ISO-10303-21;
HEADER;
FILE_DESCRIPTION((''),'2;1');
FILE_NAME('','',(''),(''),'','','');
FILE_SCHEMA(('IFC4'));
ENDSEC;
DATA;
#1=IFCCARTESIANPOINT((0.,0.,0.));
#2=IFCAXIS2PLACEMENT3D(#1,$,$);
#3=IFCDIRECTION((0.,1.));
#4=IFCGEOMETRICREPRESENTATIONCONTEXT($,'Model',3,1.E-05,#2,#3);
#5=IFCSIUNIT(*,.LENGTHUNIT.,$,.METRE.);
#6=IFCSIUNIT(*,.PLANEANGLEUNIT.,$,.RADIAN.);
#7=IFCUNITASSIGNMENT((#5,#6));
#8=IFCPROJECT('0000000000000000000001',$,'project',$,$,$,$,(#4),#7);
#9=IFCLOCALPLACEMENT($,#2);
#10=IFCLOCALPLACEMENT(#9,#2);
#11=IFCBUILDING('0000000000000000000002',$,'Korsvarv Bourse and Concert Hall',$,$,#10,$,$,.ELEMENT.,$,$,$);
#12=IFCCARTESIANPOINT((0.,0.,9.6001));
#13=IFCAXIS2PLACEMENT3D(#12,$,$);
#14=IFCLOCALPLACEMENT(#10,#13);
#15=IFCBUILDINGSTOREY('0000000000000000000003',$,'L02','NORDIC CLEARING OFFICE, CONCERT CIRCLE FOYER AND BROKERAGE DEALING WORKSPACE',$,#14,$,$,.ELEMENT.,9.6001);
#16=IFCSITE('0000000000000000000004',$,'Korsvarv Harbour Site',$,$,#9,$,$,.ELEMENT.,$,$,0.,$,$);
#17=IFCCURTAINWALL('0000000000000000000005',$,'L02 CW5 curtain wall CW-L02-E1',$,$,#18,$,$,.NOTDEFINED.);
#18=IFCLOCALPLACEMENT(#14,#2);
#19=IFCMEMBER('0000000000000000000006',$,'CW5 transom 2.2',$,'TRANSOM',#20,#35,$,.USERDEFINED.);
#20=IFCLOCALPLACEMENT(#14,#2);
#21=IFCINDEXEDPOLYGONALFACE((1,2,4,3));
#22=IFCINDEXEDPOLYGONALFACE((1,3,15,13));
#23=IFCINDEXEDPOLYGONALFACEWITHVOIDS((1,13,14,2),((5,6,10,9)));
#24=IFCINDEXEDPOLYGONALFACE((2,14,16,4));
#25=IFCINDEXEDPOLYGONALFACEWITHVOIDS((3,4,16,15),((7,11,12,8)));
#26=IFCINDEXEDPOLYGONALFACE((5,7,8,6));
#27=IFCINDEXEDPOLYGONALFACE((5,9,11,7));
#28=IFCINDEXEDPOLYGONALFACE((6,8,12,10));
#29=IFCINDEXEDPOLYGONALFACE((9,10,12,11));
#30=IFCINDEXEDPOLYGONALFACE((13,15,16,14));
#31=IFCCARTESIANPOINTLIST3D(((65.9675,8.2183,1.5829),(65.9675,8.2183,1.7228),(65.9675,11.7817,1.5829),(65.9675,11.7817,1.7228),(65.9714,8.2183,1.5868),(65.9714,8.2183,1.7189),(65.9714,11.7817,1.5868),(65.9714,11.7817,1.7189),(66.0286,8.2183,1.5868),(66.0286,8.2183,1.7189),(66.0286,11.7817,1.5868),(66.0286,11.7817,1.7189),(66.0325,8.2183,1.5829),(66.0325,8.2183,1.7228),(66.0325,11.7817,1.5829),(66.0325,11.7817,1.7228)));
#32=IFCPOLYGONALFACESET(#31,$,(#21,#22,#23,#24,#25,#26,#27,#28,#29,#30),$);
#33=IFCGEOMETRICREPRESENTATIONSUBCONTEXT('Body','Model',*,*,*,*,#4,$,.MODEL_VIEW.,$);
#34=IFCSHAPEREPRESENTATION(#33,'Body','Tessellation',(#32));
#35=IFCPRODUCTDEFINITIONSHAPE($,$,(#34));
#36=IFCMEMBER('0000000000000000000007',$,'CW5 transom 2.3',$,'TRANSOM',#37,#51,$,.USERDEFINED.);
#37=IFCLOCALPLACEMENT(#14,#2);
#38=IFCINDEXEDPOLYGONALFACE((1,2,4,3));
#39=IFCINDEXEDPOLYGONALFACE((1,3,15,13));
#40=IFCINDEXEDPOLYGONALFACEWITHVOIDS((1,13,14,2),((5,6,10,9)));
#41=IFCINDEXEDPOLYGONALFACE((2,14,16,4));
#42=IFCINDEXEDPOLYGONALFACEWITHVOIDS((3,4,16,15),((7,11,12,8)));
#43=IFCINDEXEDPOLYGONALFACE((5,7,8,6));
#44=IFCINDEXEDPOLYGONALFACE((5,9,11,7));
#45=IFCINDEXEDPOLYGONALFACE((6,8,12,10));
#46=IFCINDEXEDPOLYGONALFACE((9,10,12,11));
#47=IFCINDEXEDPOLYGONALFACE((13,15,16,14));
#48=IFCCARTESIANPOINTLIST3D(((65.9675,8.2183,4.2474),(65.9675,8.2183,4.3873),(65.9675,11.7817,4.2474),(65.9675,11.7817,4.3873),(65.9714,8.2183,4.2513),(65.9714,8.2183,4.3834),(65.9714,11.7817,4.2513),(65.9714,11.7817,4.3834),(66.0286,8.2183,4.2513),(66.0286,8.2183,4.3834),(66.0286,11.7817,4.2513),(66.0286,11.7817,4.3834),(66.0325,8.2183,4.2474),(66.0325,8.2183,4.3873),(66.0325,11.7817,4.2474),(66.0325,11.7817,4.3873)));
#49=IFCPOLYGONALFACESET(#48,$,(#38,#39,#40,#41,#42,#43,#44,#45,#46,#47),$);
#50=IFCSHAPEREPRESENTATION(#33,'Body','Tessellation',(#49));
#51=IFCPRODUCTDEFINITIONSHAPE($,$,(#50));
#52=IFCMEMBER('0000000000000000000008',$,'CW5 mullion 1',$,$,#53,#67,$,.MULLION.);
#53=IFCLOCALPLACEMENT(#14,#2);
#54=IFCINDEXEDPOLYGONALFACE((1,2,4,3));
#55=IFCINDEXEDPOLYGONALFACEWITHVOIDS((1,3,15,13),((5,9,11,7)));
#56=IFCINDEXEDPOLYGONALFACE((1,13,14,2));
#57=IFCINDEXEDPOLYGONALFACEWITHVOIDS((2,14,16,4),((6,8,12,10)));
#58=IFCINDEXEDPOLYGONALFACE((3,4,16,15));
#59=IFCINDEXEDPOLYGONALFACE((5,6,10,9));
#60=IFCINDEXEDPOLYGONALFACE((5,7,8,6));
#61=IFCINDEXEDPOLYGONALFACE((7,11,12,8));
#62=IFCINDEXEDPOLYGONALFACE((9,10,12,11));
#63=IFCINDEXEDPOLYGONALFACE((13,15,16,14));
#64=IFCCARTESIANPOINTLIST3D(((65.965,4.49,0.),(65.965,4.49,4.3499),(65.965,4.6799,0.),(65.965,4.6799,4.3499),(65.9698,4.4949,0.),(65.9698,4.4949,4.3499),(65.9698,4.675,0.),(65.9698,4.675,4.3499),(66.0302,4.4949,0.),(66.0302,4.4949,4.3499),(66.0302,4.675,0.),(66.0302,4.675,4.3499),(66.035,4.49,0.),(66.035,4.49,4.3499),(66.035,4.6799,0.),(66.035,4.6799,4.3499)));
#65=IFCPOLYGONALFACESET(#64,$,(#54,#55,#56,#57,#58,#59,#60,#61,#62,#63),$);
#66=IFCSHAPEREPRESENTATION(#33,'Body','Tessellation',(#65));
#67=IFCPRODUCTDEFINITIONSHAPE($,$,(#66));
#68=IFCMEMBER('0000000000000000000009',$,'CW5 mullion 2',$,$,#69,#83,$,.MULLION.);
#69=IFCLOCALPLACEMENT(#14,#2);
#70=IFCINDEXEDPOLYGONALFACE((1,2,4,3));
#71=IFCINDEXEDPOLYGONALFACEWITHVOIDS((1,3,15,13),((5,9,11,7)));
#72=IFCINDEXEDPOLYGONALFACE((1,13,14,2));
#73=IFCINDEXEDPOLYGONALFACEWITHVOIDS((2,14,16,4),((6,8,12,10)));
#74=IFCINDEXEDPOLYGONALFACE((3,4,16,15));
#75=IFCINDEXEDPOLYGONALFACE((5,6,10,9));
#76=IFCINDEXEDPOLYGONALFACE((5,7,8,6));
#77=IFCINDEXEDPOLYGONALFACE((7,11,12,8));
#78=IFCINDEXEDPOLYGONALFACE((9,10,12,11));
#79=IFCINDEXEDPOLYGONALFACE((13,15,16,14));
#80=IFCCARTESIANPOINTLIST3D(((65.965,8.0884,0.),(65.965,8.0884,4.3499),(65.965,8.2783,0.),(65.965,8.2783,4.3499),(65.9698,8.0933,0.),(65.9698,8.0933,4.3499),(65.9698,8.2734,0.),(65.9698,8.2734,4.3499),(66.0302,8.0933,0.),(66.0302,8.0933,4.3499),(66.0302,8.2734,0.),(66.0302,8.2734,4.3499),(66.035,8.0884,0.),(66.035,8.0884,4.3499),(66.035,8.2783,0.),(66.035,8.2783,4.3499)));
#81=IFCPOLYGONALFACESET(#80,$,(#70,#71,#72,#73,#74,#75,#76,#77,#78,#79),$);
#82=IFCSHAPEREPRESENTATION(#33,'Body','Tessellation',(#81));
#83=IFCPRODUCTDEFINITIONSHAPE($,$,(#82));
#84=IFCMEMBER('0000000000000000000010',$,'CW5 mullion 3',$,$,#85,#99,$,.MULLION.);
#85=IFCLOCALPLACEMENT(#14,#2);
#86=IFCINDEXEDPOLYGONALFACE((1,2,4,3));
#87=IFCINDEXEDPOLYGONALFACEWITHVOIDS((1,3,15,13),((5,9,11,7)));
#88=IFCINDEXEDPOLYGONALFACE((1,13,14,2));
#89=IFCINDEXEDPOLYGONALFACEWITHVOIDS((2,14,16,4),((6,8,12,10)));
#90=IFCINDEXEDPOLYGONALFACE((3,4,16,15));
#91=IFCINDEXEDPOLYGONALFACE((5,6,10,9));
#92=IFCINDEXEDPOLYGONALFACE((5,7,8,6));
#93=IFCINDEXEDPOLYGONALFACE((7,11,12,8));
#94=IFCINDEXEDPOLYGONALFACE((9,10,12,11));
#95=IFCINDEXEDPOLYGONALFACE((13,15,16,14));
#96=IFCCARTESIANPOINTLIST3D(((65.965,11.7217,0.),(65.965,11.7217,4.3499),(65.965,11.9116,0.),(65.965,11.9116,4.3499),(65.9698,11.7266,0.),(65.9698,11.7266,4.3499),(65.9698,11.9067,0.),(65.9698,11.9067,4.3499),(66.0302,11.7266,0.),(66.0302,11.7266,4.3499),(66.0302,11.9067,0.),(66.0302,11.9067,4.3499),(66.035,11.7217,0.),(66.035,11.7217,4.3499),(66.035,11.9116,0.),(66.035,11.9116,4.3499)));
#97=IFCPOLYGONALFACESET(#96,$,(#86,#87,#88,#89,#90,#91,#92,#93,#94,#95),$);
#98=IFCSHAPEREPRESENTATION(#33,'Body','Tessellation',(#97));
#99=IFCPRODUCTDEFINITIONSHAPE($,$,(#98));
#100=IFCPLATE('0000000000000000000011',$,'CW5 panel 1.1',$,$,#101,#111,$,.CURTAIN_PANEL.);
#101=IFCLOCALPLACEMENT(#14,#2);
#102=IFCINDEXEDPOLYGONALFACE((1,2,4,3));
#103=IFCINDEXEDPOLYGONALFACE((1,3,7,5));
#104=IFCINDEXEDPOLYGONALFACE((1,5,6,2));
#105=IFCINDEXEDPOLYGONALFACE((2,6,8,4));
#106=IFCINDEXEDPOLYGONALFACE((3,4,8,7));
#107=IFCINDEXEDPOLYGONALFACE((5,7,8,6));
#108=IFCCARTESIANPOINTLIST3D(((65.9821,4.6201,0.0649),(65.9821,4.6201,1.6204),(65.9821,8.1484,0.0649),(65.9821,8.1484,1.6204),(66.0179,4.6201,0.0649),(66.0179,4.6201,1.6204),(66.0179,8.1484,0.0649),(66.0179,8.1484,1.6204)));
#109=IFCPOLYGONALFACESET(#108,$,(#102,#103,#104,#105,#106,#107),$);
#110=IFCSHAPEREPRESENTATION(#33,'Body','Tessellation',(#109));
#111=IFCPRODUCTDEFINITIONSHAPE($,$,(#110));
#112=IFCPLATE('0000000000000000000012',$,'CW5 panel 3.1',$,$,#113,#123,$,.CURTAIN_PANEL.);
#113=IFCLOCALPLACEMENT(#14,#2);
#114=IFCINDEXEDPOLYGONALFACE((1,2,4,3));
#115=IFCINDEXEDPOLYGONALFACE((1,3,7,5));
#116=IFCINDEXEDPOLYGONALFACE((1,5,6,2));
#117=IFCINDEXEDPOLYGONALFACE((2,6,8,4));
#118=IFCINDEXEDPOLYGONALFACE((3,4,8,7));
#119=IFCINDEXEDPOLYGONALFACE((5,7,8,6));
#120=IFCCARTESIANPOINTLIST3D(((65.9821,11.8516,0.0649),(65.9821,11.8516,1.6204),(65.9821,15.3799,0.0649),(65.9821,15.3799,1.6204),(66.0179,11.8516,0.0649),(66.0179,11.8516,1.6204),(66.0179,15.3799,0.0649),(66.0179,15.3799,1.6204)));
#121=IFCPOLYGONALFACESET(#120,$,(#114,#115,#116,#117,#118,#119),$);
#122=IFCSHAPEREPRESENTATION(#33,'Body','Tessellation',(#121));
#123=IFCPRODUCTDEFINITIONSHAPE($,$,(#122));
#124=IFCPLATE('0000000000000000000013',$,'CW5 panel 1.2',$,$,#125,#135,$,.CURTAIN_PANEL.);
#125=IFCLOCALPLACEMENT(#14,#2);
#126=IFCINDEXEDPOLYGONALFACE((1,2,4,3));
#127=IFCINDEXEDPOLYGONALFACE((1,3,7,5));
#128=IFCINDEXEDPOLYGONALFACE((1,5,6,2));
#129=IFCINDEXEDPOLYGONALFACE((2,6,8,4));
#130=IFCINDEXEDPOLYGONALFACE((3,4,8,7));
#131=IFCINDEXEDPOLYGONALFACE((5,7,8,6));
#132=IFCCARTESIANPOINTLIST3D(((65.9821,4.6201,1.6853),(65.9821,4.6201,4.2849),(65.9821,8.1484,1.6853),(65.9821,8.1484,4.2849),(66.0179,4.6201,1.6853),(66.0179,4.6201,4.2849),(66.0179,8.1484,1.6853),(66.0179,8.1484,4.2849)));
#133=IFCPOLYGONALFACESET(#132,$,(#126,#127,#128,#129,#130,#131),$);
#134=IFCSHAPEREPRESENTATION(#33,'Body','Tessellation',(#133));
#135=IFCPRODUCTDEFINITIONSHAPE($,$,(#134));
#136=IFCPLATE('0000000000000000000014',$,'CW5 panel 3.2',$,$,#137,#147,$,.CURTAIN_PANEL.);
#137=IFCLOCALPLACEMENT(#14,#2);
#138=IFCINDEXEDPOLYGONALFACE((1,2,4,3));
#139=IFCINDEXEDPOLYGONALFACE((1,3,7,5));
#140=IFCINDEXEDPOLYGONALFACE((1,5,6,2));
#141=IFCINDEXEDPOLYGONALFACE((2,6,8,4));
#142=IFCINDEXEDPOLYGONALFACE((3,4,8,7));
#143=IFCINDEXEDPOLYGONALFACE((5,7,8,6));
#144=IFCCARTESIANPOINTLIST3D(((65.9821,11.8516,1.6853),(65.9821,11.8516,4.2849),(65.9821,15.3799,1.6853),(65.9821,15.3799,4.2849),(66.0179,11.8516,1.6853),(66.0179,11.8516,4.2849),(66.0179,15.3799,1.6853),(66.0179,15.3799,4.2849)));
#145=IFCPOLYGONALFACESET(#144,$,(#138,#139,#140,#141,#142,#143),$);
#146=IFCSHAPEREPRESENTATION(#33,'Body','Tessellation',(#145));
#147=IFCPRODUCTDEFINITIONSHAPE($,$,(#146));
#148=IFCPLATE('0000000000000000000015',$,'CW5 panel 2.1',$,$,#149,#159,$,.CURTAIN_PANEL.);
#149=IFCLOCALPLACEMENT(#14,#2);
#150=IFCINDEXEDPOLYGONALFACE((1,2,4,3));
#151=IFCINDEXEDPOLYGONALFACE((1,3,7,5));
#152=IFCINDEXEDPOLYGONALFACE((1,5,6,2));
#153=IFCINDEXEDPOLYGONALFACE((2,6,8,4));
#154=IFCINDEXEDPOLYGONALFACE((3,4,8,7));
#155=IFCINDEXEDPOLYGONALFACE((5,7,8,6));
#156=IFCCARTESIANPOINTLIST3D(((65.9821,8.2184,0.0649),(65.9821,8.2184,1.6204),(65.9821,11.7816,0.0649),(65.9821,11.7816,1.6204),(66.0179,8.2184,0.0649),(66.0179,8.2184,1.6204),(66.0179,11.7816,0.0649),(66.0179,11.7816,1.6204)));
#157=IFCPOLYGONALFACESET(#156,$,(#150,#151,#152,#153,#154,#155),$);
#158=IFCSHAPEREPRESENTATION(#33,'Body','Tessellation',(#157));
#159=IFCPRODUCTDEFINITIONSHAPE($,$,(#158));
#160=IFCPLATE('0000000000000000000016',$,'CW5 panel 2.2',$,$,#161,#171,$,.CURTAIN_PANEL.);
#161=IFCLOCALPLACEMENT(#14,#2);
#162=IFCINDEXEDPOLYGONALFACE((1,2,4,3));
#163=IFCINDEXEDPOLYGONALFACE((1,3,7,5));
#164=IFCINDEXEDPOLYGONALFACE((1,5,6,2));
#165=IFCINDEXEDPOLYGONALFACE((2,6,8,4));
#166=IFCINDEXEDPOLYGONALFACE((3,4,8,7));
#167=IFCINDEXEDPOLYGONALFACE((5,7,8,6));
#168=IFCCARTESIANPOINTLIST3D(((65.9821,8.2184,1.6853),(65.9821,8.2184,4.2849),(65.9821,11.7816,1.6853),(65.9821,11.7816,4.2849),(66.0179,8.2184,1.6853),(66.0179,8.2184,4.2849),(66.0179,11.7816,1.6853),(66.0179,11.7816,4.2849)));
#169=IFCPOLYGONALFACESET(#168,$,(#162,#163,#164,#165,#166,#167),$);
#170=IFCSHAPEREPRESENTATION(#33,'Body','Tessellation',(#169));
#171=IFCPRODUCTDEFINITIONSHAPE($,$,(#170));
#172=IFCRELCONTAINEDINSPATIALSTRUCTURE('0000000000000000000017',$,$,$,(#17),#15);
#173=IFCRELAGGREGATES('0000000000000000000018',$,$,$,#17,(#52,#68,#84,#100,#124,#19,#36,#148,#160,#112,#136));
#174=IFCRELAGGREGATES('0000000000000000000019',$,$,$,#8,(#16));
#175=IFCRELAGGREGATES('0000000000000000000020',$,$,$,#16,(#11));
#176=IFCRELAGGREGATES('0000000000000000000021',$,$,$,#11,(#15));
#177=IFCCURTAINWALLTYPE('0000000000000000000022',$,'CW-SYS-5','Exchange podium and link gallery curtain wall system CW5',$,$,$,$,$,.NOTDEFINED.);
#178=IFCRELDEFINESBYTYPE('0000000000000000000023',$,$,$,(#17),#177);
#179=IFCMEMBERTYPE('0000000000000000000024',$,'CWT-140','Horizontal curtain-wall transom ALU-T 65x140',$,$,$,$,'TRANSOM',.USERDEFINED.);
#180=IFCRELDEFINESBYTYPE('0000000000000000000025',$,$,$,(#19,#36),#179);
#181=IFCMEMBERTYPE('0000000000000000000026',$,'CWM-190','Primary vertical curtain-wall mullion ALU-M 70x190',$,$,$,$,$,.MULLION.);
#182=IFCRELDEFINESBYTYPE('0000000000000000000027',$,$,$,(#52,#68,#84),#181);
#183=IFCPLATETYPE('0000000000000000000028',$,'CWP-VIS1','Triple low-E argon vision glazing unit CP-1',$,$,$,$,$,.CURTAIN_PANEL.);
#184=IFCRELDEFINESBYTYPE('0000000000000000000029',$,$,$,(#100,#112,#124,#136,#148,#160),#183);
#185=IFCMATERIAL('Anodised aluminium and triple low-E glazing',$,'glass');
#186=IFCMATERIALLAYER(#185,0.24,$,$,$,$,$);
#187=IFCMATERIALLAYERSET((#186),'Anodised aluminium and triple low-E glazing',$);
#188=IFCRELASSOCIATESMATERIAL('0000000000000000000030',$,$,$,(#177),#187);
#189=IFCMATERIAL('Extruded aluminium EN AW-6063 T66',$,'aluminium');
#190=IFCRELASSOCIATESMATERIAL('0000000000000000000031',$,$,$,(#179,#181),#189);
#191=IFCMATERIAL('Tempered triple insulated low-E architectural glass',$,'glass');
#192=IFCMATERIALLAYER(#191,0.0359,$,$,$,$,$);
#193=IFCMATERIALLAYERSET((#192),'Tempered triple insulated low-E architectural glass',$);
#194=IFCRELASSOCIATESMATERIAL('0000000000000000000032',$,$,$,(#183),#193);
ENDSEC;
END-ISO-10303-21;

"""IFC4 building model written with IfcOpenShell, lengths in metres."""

from ifc_helpers import new_model, si_unit, direction, frame, origin, origin_2d, place, context, subcontext, project, spatial, rectangle, hollow_rectangle, extrude, source, transform, mapped, material, layer, layer_set, material_profile, profile_set, type_object, element, aggregate, save


model = new_model("IFC4")

# Units and contexts
model_context = context("Model", 3, precision=1e-05, world=origin(), true_north=direction((0.0, 1.0)))
body_context = subcontext(model_context, "Body", "Model", "MODEL_VIEW")
ifc_project = project(units=[si_unit("LENGTHUNIT", "METRE"), si_unit("PLANEANGLEUNIT", "RADIAN")], contexts=[model_context])

# Site, building, storey
site_placement = place(None, origin())
site = spatial("IfcSite", under=ifc_project, at=site_placement, Name="Korsvarv Harbour Site", CompositionType="ELEMENT", RefElevation=0.0)
building_placement = place(site_placement, origin())
building = spatial("IfcBuilding", under=site, at=building_placement, Name="Korsvarv Bourse and Concert Hall", CompositionType="ELEMENT")
storey_placement = place(building_placement, frame((0.0, 0.0, 9.6001)))
storey = spatial("IfcBuildingStorey", under=building, at=storey_placement, Name="L02", Description="NORDIC CLEARING OFFICE, CONCERT CIRCLE FOYER AND BROKERAGE DEALING WORKSPACE", CompositionType="ELEMENT", Elevation=9.6001)

# Curtain wall, members, plates
ifc_material_1 = material(Name="Anodised aluminium and triple low-E glazing", Category="glass")
ifc_layer_1 = layer(ifc_material_1, 0.24)
ifc_layer_set_1 = layer_set([ifc_layer_1], Name="Anodised aluminium and triple low-E glazing")
curtain_wall_type = type_object("IfcCurtainWallType", Name="CW-SYS-5", Description="Exchange podium and link gallery curtain wall system CW5", PredefinedType="NOTDEFINED", material=ifc_layer_set_1)
curtain_wall_placement = place(storey_placement, origin())
curtain_wall = element("IfcCurtainWall", 1, at=curtain_wall_placement, inside=storey, type_object=curtain_wall_type, Name="L02 CW5 curtain wall CW-L02-E1", PredefinedType="NOTDEFINED")
ifc_material_2 = material(Name="Extruded aluminium EN AW-6063 T66", Category="aluminium")
ifc_material_profile_1 = material_profile(ifc_material_2, hollow_rectangle(XDim=0.0649, YDim=0.1399, WallThickness=0.0039, at=origin_2d()), Name="ALU-T 65x140")
ifc_profile_set_1 = profile_set([ifc_material_profile_1], Name="Extruded aluminium EN AW-6063 T66")
member_type_1 = type_object("IfcMemberType", Name="CWT-140", Description="Horizontal curtain-wall transom ALU-T 65x140", ElementType="TRANSOM", PredefinedType="USERDEFINED", material=ifc_profile_set_1)
shared_shape_1 = source(origin(), body_context, "Body", "SweptSolid", [
    extrude(hollow_rectangle(XDim=0.0649, YDim=0.1399, WallThickness=0.0039, at=origin_2d()), origin(), (0.0, 0.0, 1.0), 3.5635),
])
member_1_placement = place(storey_placement, frame((66.0, 8.2183, 1.6528), z_axis=(0.0, 1.0, 0.0), x_axis=(-1.0, 0.0, 0.0)))
member_1 = element("IfcMember", 2, at=member_1_placement, type_object=member_type_1, Name="CW5 transom 2.2", ObjectType="TRANSOM", PredefinedType="USERDEFINED", context=body_context, shape_type="MappedRepresentation", body=[
    mapped(shared_shape_1, transform((0.0, 0.0, 0.0), scale=1.0)),
])
member_2_placement = place(storey_placement, frame((66.0, 8.2183, 4.3174), z_axis=(0.0, 1.0, 0.0), x_axis=(-1.0, 0.0, 0.0)))
member_2 = element("IfcMember", 3, at=member_2_placement, type_object=member_type_1, Name="CW5 transom 2.3", ObjectType="TRANSOM", PredefinedType="USERDEFINED", context=body_context, shape_type="MappedRepresentation", body=[
    mapped(shared_shape_1, transform((0.0, 0.0, 0.0), scale=1.0)),
])
ifc_material_profile_2 = material_profile(ifc_material_2, hollow_rectangle(XDim=0.0701, YDim=0.1899, WallThickness=0.0049, at=origin_2d()), Name="ALU-M 70x190")
ifc_profile_set_2 = profile_set([ifc_material_profile_2], Name="Extruded aluminium EN AW-6063 T66")
member_type_2 = type_object("IfcMemberType", Name="CWM-190", Description="Primary vertical curtain-wall mullion ALU-M 70x190", PredefinedType="MULLION", material=ifc_profile_set_2)
shared_shape_2 = source(origin(), body_context, "Body", "SweptSolid", [
    extrude(hollow_rectangle(XDim=0.0701, YDim=0.1899, WallThickness=0.0049, at=origin_2d()), origin(), (0.0, 0.0, 1.0), 4.3499),
])
member_3_placement = place(storey_placement, frame((66.0, 4.585, 0.0), z_axis=(0.0, 0.0, 1.0), x_axis=(-1.0, 0.0, 0.0)))
member_3 = element("IfcMember", 4, at=member_3_placement, type_object=member_type_2, Name="CW5 mullion 1", PredefinedType="MULLION", context=body_context, shape_type="MappedRepresentation", body=[
    mapped(shared_shape_2, transform((0.0, 0.0, 0.0), scale=1.0)),
])
member_4_placement = place(storey_placement, frame((66.0, 8.1833, 0.0), z_axis=(0.0, 0.0, 1.0), x_axis=(-1.0, 0.0, 0.0)))
member_4 = element("IfcMember", 5, at=member_4_placement, type_object=member_type_2, Name="CW5 mullion 2", PredefinedType="MULLION", context=body_context, shape_type="MappedRepresentation", body=[
    mapped(shared_shape_2, transform((0.0, 0.0, 0.0), scale=1.0)),
])
member_5_placement = place(storey_placement, frame((66.0, 11.8167, 0.0), z_axis=(0.0, 0.0, 1.0), x_axis=(-1.0, 0.0, 0.0)))
member_5 = element("IfcMember", 6, at=member_5_placement, type_object=member_type_2, Name="CW5 mullion 3", PredefinedType="MULLION", context=body_context, shape_type="MappedRepresentation", body=[
    mapped(shared_shape_2, transform((0.0, 0.0, 0.0), scale=1.0)),
])
ifc_material_3 = material(Name="Tempered triple insulated low-E architectural glass", Category="glass")
ifc_layer_2 = layer(ifc_material_3, 0.0359)
ifc_layer_set_2 = layer_set([ifc_layer_2], Name="Tempered triple insulated low-E architectural glass")
plate_type = type_object("IfcPlateType", Name="CWP-VIS1", Description="Triple low-E argon vision glazing unit CP-1", PredefinedType="CURTAIN_PANEL", material=ifc_layer_set_2)
shared_shape_3 = source(origin(), body_context, "Body", "SweptSolid", [
    extrude(rectangle(XDim=3.5283, YDim=0.0359, at=origin_2d()), origin(), (0.0, 0.0, 1.0), 1.5554),
])
plate_1_placement = place(storey_placement, frame((66.0, 6.3843, 0.0649), z_axis=(0.0, 0.0, 1.0), x_axis=(0.0, 1.0, 0.0)))
plate_1 = element("IfcPlate", 7, at=plate_1_placement, type_object=plate_type, Name="CW5 panel 1.1", PredefinedType="CURTAIN_PANEL", context=body_context, shape_type="MappedRepresentation", body=[
    mapped(shared_shape_3, transform((0.0, 0.0, 0.0), scale=1.0)),
])
plate_2_placement = place(storey_placement, frame((66.0, 13.6157, 0.0649), z_axis=(0.0, 0.0, 1.0), x_axis=(0.0, 1.0, 0.0)))
plate_2 = element("IfcPlate", 8, at=plate_2_placement, type_object=plate_type, Name="CW5 panel 3.1", PredefinedType="CURTAIN_PANEL", context=body_context, shape_type="MappedRepresentation", body=[
    mapped(shared_shape_3, transform((0.0, 0.0, 0.0), scale=1.0)),
])
shared_shape_4 = source(origin(), body_context, "Body", "SweptSolid", [
    extrude(rectangle(XDim=3.5283, YDim=0.0359, at=origin_2d()), origin(), (0.0, 0.0, 1.0), 2.5996),
])
plate_3_placement = place(storey_placement, frame((66.0, 6.3843, 1.6853), z_axis=(0.0, 0.0, 1.0), x_axis=(0.0, 1.0, 0.0)))
plate_3 = element("IfcPlate", 9, at=plate_3_placement, type_object=plate_type, Name="CW5 panel 1.2", PredefinedType="CURTAIN_PANEL", context=body_context, shape_type="MappedRepresentation", body=[
    mapped(shared_shape_4, transform((0.0, 0.0, 0.0), scale=1.0)),
])
plate_4_placement = place(storey_placement, frame((66.0, 13.6157, 1.6853), z_axis=(0.0, 0.0, 1.0), x_axis=(0.0, 1.0, 0.0)))
plate_4 = element("IfcPlate", 10, at=plate_4_placement, type_object=plate_type, Name="CW5 panel 3.2", PredefinedType="CURTAIN_PANEL", context=body_context, shape_type="MappedRepresentation", body=[
    mapped(shared_shape_4, transform((0.0, 0.0, 0.0), scale=1.0)),
])
shared_shape_5 = source(origin(), body_context, "Body", "SweptSolid", [
    extrude(rectangle(XDim=3.5632, YDim=0.0359, at=origin_2d()), origin(), (0.0, 0.0, 1.0), 1.5554),
])
plate_5_placement = place(storey_placement, frame((66.0, 10.0, 0.0649), z_axis=(0.0, 0.0, 1.0), x_axis=(0.0, 1.0, 0.0)))
plate_5 = element("IfcPlate", 11, at=plate_5_placement, type_object=plate_type, Name="CW5 panel 2.1", PredefinedType="CURTAIN_PANEL", context=body_context, shape_type="MappedRepresentation", body=[
    mapped(shared_shape_5, transform((0.0, 0.0, 0.0), scale=1.0)),
])
shared_shape_6 = source(origin(), body_context, "Body", "SweptSolid", [
    extrude(rectangle(XDim=3.5632, YDim=0.0359, at=origin_2d()), origin(), (0.0, 0.0, 1.0), 2.5996),
])
plate_6_placement = place(storey_placement, frame((66.0, 10.0, 1.6853), z_axis=(0.0, 0.0, 1.0), x_axis=(0.0, 1.0, 0.0)))
plate_6 = element("IfcPlate", 12, at=plate_6_placement, type_object=plate_type, Name="CW5 panel 2.2", PredefinedType="CURTAIN_PANEL", context=body_context, shape_type="MappedRepresentation", body=[
    mapped(shared_shape_6, transform((0.0, 0.0, 0.0), scale=1.0)),
])
aggregate(curtain_wall, [member_3, member_4, member_5, plate_1, plate_3, member_1, member_2, plate_5, plate_6, plate_2, plate_4])

save(model, "model.ifc")
